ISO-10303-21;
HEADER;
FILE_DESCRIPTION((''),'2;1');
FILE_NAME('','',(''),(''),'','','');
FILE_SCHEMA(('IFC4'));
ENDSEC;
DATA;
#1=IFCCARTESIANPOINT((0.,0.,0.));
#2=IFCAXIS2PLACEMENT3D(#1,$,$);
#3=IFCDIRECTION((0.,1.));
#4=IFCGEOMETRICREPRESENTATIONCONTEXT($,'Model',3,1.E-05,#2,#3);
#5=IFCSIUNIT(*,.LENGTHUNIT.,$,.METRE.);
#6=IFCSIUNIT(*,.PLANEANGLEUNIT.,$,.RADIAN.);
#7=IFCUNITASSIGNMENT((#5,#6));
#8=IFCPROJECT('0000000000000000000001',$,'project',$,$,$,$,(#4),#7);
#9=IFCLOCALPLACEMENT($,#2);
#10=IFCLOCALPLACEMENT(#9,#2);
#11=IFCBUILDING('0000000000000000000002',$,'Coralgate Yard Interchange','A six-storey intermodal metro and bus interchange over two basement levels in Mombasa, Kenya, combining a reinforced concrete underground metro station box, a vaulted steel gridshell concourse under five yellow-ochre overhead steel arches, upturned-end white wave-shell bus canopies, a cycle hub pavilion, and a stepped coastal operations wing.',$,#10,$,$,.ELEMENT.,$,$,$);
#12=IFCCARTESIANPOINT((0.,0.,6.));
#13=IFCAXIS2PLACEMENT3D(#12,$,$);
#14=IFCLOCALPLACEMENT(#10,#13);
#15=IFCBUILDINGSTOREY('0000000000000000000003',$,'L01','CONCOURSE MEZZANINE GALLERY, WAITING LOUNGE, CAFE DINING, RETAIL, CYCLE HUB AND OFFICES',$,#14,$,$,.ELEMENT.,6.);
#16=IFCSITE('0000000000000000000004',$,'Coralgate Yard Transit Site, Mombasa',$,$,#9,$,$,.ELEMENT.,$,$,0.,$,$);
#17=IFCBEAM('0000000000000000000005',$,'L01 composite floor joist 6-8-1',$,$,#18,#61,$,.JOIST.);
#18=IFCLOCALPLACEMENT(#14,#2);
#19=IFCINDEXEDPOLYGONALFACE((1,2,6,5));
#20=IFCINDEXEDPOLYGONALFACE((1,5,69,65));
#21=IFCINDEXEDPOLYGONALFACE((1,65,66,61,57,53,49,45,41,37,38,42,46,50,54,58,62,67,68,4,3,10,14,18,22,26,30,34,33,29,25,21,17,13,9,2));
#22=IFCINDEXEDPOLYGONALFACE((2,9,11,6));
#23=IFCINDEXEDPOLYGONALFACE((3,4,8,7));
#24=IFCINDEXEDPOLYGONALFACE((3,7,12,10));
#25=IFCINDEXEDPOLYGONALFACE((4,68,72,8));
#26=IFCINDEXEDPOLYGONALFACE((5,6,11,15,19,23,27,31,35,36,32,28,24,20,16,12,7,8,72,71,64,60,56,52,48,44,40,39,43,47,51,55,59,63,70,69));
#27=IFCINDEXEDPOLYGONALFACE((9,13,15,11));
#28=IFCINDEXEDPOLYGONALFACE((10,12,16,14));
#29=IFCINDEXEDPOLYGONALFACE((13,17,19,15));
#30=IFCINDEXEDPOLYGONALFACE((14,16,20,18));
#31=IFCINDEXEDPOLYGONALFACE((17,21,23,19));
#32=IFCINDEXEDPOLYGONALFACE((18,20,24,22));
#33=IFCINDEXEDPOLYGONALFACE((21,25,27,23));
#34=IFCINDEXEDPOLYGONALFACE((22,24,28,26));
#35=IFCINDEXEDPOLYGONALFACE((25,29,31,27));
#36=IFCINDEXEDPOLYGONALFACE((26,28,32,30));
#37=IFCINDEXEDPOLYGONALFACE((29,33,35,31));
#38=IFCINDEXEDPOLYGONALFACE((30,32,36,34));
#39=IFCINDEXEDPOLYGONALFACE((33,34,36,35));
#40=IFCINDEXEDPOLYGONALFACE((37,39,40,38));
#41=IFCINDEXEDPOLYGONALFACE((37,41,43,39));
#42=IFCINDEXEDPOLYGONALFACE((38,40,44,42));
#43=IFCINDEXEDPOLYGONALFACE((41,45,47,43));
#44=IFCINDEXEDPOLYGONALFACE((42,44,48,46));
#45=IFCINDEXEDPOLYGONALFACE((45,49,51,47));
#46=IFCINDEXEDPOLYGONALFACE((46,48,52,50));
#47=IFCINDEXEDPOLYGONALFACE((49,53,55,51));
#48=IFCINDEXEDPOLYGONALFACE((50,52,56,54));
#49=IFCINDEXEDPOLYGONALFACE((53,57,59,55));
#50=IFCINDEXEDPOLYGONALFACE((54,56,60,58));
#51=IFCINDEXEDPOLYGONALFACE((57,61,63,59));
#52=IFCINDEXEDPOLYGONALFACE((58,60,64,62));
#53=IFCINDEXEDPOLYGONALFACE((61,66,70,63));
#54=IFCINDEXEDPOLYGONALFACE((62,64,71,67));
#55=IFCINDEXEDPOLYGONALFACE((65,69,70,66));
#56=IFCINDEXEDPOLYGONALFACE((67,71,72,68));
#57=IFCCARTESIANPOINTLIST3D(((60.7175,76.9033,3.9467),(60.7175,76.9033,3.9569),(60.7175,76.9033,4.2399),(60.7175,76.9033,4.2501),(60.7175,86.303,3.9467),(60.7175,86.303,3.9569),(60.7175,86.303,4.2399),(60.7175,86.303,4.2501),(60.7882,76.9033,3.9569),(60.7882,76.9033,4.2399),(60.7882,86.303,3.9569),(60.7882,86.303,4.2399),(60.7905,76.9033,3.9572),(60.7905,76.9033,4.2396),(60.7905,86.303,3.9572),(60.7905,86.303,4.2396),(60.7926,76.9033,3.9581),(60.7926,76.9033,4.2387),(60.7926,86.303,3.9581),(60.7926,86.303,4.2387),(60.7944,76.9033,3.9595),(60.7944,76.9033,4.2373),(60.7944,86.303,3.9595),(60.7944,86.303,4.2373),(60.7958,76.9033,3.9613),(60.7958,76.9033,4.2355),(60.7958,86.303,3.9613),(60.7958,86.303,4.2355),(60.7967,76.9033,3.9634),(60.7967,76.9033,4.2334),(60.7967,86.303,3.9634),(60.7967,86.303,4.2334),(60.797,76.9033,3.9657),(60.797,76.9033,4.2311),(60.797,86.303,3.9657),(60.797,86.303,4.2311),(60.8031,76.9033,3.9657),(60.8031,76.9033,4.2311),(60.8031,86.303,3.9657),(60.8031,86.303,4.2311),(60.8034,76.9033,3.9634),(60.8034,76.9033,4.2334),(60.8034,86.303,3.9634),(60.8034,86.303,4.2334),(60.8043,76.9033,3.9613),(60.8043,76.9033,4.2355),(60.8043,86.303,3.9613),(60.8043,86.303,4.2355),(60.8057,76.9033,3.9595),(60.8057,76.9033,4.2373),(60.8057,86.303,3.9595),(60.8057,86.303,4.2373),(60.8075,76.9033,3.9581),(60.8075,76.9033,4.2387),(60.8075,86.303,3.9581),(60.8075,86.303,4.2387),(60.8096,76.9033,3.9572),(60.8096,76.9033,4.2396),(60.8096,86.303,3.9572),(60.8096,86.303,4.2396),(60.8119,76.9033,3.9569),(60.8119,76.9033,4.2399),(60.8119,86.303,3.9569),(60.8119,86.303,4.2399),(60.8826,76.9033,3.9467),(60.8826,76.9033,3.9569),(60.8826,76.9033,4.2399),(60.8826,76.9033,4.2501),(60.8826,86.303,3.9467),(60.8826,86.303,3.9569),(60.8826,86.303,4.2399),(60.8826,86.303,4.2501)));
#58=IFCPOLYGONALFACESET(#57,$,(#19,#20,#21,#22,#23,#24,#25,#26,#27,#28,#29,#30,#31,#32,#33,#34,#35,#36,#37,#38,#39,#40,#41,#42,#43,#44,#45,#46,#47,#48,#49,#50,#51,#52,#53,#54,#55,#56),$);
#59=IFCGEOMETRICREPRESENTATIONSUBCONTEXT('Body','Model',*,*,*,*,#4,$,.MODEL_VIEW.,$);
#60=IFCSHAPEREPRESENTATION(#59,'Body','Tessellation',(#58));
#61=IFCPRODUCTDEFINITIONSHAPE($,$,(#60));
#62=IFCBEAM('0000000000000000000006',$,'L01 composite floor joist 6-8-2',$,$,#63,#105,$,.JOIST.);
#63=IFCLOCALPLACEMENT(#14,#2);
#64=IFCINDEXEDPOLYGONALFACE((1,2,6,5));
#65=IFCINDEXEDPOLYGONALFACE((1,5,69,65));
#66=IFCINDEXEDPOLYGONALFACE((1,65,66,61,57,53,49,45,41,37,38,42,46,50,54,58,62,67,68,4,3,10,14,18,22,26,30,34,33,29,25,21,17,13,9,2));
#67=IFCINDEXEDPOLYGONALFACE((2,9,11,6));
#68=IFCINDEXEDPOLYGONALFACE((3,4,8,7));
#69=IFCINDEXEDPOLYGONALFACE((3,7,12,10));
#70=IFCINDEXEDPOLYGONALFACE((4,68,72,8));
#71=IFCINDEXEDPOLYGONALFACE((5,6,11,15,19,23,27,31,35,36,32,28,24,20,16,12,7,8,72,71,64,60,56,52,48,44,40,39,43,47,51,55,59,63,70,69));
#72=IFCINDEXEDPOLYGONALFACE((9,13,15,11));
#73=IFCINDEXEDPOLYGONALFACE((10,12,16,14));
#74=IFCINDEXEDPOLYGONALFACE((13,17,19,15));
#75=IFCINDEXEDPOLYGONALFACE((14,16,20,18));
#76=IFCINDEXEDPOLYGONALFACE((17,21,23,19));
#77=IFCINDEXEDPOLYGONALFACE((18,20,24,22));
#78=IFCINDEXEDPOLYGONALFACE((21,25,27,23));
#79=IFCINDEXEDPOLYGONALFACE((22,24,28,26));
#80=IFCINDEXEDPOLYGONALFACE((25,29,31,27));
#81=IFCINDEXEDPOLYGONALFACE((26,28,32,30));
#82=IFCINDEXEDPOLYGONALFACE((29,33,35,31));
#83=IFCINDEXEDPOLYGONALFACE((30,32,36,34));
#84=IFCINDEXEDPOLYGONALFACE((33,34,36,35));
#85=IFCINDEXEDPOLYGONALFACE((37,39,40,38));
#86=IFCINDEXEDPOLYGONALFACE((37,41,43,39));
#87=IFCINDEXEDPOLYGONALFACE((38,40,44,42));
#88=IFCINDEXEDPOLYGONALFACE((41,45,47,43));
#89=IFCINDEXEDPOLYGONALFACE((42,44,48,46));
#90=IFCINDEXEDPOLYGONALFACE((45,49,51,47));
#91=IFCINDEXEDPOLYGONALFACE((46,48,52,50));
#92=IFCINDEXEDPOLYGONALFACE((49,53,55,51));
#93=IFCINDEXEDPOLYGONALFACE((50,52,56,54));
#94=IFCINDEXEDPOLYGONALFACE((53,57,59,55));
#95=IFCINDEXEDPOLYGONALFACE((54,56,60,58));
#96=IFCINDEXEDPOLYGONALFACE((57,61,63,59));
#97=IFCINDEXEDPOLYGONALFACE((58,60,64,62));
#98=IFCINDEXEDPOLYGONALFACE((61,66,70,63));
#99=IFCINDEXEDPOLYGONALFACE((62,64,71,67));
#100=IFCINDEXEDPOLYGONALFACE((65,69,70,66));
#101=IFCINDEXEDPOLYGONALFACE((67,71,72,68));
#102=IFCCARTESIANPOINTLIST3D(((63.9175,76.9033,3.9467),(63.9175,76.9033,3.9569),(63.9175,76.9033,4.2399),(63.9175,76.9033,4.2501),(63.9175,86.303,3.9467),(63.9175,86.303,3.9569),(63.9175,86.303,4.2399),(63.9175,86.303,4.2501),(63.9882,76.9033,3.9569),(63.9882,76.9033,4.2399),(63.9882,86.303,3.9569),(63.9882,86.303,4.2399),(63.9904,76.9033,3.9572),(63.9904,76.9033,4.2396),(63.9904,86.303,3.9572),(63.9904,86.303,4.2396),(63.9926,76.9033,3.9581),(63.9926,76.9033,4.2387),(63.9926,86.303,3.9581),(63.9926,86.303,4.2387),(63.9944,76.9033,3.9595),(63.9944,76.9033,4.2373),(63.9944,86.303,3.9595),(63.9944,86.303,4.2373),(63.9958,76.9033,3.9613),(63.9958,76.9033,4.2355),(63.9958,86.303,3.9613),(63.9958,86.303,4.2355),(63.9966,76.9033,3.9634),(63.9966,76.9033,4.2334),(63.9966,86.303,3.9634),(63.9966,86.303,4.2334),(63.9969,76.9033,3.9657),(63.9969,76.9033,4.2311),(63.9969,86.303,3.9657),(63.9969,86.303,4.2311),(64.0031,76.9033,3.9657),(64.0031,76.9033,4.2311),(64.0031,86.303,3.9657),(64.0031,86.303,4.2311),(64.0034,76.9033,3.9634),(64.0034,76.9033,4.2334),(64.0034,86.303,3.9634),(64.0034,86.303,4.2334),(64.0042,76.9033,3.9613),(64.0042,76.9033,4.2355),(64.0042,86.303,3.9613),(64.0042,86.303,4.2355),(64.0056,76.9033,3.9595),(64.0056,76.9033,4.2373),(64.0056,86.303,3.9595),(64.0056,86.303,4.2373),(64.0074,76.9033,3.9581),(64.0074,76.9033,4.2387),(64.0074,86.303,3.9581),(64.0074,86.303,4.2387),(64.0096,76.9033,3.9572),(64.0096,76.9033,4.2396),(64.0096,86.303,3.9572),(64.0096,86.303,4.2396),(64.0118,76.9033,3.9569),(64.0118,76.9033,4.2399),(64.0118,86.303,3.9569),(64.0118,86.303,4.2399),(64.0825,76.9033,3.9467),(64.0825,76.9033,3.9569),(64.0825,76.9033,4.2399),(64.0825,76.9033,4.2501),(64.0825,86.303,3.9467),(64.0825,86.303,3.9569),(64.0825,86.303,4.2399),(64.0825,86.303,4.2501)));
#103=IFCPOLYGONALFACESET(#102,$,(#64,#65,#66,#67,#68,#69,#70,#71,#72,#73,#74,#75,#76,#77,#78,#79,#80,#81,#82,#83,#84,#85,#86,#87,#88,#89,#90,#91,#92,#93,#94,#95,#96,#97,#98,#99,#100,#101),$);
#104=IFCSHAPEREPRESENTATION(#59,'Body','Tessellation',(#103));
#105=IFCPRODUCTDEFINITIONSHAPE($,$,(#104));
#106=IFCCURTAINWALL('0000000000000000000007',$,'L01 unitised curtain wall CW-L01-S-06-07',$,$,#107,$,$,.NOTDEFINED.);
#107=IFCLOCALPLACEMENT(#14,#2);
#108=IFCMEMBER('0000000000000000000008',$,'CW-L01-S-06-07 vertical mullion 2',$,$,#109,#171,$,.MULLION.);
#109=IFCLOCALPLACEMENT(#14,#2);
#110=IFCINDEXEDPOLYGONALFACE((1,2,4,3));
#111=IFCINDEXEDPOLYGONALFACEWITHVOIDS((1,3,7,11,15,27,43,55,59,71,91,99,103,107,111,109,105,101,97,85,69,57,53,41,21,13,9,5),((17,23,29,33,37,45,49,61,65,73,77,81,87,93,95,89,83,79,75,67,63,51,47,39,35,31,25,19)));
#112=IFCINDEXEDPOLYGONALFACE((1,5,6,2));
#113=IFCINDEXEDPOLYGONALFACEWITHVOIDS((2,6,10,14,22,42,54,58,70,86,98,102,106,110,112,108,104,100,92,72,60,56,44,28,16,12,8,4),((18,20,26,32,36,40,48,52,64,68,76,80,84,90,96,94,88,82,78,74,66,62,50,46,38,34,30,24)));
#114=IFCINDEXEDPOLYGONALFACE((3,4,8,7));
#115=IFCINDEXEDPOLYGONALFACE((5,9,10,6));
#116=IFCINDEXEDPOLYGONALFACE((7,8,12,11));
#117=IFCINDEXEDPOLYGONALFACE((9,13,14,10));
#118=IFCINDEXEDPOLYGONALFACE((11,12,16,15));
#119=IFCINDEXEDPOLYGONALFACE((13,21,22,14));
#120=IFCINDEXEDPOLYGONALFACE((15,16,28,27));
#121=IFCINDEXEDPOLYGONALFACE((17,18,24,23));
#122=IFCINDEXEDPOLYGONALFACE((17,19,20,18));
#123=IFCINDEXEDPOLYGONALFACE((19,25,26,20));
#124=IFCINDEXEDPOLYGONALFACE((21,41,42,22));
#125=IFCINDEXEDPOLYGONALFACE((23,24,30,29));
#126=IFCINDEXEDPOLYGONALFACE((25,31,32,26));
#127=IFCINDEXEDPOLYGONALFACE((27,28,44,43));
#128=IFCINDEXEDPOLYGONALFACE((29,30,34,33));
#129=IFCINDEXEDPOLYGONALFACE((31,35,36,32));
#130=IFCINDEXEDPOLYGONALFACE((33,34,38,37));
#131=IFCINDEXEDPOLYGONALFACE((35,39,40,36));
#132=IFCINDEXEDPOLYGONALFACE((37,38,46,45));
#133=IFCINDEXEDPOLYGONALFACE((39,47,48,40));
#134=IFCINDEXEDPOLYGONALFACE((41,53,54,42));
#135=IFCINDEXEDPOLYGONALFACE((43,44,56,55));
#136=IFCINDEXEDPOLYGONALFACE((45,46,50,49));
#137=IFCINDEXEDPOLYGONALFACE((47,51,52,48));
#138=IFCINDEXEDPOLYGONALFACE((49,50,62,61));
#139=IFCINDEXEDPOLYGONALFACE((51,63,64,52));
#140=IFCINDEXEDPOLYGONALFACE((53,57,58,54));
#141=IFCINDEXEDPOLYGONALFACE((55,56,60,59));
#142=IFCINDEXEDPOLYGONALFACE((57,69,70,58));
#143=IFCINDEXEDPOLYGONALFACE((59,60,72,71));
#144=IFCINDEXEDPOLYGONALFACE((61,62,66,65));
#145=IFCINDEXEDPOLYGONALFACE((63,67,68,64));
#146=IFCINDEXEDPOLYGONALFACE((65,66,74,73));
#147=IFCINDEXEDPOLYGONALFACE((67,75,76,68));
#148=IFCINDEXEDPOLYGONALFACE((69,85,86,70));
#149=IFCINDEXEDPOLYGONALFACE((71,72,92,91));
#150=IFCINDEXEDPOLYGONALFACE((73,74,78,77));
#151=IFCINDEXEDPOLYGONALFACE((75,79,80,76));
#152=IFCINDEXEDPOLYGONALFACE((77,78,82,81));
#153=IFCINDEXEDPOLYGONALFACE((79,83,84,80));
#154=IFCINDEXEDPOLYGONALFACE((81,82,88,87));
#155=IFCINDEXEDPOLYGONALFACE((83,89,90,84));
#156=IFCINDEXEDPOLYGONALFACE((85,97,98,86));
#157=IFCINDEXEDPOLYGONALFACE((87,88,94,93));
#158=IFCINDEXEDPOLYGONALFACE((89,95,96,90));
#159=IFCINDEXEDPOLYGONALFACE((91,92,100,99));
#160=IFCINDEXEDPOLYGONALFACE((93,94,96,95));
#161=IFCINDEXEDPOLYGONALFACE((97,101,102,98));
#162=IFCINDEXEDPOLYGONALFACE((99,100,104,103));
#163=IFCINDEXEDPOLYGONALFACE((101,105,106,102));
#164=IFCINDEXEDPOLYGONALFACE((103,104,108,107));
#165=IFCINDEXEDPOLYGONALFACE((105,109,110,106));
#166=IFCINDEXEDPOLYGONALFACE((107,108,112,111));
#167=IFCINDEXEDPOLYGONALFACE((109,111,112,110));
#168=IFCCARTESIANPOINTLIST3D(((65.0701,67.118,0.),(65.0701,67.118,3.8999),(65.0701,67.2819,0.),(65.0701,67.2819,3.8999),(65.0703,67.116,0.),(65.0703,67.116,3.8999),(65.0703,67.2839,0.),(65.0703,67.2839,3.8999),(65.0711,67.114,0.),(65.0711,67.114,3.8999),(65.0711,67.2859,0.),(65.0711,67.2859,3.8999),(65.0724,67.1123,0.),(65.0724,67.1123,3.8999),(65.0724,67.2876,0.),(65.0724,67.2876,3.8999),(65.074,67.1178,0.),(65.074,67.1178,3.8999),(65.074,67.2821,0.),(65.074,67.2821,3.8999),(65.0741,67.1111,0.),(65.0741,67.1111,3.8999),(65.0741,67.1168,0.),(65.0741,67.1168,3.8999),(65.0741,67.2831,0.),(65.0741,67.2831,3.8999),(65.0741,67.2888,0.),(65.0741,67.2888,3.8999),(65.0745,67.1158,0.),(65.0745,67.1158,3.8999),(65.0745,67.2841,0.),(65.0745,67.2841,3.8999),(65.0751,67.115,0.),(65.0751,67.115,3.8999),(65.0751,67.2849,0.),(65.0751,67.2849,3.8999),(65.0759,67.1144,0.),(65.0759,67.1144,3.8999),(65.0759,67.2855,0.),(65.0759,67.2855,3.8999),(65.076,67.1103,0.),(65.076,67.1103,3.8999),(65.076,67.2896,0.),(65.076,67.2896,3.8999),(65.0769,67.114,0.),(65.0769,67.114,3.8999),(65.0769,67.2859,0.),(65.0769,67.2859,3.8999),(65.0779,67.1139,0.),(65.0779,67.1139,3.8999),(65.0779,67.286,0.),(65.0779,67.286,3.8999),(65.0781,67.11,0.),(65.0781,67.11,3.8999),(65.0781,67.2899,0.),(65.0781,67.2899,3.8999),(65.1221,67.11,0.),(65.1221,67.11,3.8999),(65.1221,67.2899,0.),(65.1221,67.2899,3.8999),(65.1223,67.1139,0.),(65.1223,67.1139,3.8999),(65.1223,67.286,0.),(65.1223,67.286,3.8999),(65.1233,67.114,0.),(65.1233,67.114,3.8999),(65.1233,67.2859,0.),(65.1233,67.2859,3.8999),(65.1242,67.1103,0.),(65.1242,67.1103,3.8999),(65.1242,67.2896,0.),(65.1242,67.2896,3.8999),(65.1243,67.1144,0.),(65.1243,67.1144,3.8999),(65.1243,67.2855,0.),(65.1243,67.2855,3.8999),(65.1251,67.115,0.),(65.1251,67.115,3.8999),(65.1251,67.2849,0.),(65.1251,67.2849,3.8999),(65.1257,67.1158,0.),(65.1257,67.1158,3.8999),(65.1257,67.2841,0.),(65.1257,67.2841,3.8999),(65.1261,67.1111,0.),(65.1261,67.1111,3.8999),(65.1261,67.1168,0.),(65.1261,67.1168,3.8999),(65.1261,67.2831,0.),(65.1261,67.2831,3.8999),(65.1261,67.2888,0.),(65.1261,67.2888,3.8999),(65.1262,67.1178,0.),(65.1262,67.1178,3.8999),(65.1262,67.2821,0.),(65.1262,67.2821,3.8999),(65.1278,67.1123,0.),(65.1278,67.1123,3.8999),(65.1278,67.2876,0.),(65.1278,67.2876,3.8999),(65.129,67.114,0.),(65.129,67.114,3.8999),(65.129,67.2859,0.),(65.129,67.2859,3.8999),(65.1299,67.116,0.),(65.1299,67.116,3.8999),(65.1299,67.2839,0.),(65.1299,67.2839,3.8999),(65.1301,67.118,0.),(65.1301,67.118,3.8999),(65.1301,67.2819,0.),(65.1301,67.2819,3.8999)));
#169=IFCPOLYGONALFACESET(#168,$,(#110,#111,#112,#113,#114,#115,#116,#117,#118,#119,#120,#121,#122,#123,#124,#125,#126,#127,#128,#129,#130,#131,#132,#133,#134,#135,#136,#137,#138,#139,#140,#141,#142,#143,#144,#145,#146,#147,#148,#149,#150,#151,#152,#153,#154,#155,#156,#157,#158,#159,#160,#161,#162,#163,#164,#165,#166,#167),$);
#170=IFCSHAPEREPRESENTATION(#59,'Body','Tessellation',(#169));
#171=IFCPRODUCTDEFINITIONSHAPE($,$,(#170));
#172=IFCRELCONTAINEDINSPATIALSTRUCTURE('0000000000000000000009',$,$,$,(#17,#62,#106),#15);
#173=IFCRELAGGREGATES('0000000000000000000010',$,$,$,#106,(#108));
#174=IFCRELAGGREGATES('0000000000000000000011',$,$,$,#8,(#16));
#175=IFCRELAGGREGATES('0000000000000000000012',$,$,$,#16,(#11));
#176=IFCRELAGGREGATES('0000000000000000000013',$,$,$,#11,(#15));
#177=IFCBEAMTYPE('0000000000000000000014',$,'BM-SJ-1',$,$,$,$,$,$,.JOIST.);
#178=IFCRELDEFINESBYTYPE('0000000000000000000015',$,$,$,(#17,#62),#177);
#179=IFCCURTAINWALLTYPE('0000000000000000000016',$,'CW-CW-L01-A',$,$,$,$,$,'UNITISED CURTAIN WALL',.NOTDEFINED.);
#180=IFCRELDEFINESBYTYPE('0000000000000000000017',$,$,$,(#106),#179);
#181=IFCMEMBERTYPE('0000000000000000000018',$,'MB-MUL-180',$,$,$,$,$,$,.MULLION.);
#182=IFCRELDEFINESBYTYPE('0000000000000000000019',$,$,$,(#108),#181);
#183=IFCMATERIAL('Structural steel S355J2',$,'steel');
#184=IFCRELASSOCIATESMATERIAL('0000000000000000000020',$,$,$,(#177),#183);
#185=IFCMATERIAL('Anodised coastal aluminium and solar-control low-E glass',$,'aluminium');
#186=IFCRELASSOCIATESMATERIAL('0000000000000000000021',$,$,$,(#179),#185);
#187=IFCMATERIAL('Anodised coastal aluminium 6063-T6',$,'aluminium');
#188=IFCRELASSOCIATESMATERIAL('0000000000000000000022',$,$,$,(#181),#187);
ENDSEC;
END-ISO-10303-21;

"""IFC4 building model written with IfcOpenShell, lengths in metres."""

from ifc_helpers import new_model, si_unit, direction, frame, origin, origin_2d, place, context, subcontext, project, spatial, hollow_rectangle, i_section, extrude, material, material_profile, profile_set, type_object, element, aggregate, save


model = new_model("IFC4")

# Units and contexts
model_context = context("Model", 3, precision=1e-05, world=origin(), true_north=direction((0.0, 1.0)))
body_context = subcontext(model_context, "Body", "Model", "MODEL_VIEW")
ifc_project = project(units=[si_unit("LENGTHUNIT", "METRE"), si_unit("PLANEANGLEUNIT", "RADIAN")], contexts=[model_context])

# Site, building, storey
site_placement = place(None, origin())
site = spatial("IfcSite", under=ifc_project, at=site_placement, Name="Coralgate Yard Transit Site, Mombasa", CompositionType="ELEMENT", RefElevation=0.0)
building_placement = place(site_placement, origin())
building = spatial("IfcBuilding", under=site, at=building_placement, Name="Coralgate Yard Interchange", Description="A six-storey intermodal metro and bus interchange over two basement levels in Mombasa, Kenya, combining a reinforced concrete underground metro station box, a vaulted steel gridshell concourse under five yellow-ochre overhead steel arches, upturned-end white wave-shell bus canopies, a cycle hub pavilion, and a stepped coastal operations wing.", CompositionType="ELEMENT")
storey_placement = place(building_placement, frame((0.0, 0.0, 6.0)))
storey = spatial("IfcBuildingStorey", under=building, at=storey_placement, Name="L01", Description="CONCOURSE MEZZANINE GALLERY, WAITING LOUNGE, CAFE DINING, RETAIL, CYCLE HUB AND OFFICES", CompositionType="ELEMENT", Elevation=6.0)

# Beams
ifc_material_1 = material(Name="Structural steel S355J2", Category="steel")
ifc_material_profile_1 = material_profile(ifc_material_1, i_section(OverallWidth=0.165, OverallDepth=0.3035, WebThickness=0.0061, FlangeThickness=0.0103, FilletRadius=0.0088, at=origin_2d()), Name="UB 305x165x40")
ifc_profile_set_1 = profile_set([ifc_material_profile_1], Name="Structural steel S355J2")
beam_type = type_object("IfcBeamType", Name="BM-SJ-1", PredefinedType="JOIST", material=ifc_profile_set_1)
for number, where, z_axis, x_axis, name in (
    (1, (60.8, 76.9033, 4.0984), (0.0, 1.0, 0.0), (-1.0, 0.0, 0.0), "L01 composite floor joist 6-8-1"),
    (2, (64.0, 76.9033, 4.0984), (0.0, 1.0, 0.0), (-1.0, 0.0, 0.0), "L01 composite floor joist 6-8-2"),
):
    element("IfcBeam", number, at=place(storey_placement, frame(where, z_axis=z_axis, x_axis=x_axis)), inside=storey, type_object=beam_type, Name=name, PredefinedType="JOIST", context=body_context, shape_type="SweptSolid", body=[
        extrude(i_section(OverallWidth=0.165, OverallDepth=0.3035, WebThickness=0.0061, FlangeThickness=0.0103, FilletRadius=0.0088, at=origin_2d()), origin(), (0.0, 0.0, 1.0), 9.3997),
    ])

# Curtain wall, member
ifc_material_2 = material(Name="Anodised coastal aluminium and solar-control low-E glass", Category="aluminium")
curtain_wall_type = type_object("IfcCurtainWallType", Name="CW-CW-L01-A", ElementType="UNITISED CURTAIN WALL", PredefinedType="NOTDEFINED", material=ifc_material_2)
curtain_wall_placement = place(storey_placement, origin())
curtain_wall = element("IfcCurtainWall", 3, at=curtain_wall_placement, inside=storey, type_object=curtain_wall_type, Name="L01 unitised curtain wall CW-L01-S-06-07", PredefinedType="NOTDEFINED")
ifc_material_3 = material(Name="Anodised coastal aluminium 6063-T6", Category="aluminium")
ifc_material_profile_2 = material_profile(ifc_material_3, hollow_rectangle(XDim=0.0601, YDim=0.1799, WallThickness=0.0039, InnerFilletRadius=0.0039, OuterFilletRadius=0.0081, at=origin_2d()), Name="ALU 60x180x4")
ifc_profile_set_2 = profile_set([ifc_material_profile_2], Name="Anodised coastal aluminium 6063-T6")
member_type_1 = type_object("IfcMemberType", Name="MB-MUL-180", PredefinedType="MULLION", material=ifc_profile_set_2)
member_1_placement = place(storey_placement, frame((65.1001, 67.2, 0.0), z_axis=(0.0, 0.0, 1.0), x_axis=(1.0, 0.0, 0.0)))
member_1 = element("IfcMember", 4, at=member_1_placement, type_object=member_type_1, Name="CW-L01-S-06-07 vertical mullion 2", PredefinedType="MULLION", context=body_context, shape_type="SweptSolid", body=[
    extrude(hollow_rectangle(XDim=0.0601, YDim=0.1799, WallThickness=0.0039, InnerFilletRadius=0.0039, OuterFilletRadius=0.0081, at=origin_2d()), origin(), (0.0, 0.0, 1.0), 3.8999),
])
aggregate(curtain_wall, [member_1])

save(model, "model.ifc")
